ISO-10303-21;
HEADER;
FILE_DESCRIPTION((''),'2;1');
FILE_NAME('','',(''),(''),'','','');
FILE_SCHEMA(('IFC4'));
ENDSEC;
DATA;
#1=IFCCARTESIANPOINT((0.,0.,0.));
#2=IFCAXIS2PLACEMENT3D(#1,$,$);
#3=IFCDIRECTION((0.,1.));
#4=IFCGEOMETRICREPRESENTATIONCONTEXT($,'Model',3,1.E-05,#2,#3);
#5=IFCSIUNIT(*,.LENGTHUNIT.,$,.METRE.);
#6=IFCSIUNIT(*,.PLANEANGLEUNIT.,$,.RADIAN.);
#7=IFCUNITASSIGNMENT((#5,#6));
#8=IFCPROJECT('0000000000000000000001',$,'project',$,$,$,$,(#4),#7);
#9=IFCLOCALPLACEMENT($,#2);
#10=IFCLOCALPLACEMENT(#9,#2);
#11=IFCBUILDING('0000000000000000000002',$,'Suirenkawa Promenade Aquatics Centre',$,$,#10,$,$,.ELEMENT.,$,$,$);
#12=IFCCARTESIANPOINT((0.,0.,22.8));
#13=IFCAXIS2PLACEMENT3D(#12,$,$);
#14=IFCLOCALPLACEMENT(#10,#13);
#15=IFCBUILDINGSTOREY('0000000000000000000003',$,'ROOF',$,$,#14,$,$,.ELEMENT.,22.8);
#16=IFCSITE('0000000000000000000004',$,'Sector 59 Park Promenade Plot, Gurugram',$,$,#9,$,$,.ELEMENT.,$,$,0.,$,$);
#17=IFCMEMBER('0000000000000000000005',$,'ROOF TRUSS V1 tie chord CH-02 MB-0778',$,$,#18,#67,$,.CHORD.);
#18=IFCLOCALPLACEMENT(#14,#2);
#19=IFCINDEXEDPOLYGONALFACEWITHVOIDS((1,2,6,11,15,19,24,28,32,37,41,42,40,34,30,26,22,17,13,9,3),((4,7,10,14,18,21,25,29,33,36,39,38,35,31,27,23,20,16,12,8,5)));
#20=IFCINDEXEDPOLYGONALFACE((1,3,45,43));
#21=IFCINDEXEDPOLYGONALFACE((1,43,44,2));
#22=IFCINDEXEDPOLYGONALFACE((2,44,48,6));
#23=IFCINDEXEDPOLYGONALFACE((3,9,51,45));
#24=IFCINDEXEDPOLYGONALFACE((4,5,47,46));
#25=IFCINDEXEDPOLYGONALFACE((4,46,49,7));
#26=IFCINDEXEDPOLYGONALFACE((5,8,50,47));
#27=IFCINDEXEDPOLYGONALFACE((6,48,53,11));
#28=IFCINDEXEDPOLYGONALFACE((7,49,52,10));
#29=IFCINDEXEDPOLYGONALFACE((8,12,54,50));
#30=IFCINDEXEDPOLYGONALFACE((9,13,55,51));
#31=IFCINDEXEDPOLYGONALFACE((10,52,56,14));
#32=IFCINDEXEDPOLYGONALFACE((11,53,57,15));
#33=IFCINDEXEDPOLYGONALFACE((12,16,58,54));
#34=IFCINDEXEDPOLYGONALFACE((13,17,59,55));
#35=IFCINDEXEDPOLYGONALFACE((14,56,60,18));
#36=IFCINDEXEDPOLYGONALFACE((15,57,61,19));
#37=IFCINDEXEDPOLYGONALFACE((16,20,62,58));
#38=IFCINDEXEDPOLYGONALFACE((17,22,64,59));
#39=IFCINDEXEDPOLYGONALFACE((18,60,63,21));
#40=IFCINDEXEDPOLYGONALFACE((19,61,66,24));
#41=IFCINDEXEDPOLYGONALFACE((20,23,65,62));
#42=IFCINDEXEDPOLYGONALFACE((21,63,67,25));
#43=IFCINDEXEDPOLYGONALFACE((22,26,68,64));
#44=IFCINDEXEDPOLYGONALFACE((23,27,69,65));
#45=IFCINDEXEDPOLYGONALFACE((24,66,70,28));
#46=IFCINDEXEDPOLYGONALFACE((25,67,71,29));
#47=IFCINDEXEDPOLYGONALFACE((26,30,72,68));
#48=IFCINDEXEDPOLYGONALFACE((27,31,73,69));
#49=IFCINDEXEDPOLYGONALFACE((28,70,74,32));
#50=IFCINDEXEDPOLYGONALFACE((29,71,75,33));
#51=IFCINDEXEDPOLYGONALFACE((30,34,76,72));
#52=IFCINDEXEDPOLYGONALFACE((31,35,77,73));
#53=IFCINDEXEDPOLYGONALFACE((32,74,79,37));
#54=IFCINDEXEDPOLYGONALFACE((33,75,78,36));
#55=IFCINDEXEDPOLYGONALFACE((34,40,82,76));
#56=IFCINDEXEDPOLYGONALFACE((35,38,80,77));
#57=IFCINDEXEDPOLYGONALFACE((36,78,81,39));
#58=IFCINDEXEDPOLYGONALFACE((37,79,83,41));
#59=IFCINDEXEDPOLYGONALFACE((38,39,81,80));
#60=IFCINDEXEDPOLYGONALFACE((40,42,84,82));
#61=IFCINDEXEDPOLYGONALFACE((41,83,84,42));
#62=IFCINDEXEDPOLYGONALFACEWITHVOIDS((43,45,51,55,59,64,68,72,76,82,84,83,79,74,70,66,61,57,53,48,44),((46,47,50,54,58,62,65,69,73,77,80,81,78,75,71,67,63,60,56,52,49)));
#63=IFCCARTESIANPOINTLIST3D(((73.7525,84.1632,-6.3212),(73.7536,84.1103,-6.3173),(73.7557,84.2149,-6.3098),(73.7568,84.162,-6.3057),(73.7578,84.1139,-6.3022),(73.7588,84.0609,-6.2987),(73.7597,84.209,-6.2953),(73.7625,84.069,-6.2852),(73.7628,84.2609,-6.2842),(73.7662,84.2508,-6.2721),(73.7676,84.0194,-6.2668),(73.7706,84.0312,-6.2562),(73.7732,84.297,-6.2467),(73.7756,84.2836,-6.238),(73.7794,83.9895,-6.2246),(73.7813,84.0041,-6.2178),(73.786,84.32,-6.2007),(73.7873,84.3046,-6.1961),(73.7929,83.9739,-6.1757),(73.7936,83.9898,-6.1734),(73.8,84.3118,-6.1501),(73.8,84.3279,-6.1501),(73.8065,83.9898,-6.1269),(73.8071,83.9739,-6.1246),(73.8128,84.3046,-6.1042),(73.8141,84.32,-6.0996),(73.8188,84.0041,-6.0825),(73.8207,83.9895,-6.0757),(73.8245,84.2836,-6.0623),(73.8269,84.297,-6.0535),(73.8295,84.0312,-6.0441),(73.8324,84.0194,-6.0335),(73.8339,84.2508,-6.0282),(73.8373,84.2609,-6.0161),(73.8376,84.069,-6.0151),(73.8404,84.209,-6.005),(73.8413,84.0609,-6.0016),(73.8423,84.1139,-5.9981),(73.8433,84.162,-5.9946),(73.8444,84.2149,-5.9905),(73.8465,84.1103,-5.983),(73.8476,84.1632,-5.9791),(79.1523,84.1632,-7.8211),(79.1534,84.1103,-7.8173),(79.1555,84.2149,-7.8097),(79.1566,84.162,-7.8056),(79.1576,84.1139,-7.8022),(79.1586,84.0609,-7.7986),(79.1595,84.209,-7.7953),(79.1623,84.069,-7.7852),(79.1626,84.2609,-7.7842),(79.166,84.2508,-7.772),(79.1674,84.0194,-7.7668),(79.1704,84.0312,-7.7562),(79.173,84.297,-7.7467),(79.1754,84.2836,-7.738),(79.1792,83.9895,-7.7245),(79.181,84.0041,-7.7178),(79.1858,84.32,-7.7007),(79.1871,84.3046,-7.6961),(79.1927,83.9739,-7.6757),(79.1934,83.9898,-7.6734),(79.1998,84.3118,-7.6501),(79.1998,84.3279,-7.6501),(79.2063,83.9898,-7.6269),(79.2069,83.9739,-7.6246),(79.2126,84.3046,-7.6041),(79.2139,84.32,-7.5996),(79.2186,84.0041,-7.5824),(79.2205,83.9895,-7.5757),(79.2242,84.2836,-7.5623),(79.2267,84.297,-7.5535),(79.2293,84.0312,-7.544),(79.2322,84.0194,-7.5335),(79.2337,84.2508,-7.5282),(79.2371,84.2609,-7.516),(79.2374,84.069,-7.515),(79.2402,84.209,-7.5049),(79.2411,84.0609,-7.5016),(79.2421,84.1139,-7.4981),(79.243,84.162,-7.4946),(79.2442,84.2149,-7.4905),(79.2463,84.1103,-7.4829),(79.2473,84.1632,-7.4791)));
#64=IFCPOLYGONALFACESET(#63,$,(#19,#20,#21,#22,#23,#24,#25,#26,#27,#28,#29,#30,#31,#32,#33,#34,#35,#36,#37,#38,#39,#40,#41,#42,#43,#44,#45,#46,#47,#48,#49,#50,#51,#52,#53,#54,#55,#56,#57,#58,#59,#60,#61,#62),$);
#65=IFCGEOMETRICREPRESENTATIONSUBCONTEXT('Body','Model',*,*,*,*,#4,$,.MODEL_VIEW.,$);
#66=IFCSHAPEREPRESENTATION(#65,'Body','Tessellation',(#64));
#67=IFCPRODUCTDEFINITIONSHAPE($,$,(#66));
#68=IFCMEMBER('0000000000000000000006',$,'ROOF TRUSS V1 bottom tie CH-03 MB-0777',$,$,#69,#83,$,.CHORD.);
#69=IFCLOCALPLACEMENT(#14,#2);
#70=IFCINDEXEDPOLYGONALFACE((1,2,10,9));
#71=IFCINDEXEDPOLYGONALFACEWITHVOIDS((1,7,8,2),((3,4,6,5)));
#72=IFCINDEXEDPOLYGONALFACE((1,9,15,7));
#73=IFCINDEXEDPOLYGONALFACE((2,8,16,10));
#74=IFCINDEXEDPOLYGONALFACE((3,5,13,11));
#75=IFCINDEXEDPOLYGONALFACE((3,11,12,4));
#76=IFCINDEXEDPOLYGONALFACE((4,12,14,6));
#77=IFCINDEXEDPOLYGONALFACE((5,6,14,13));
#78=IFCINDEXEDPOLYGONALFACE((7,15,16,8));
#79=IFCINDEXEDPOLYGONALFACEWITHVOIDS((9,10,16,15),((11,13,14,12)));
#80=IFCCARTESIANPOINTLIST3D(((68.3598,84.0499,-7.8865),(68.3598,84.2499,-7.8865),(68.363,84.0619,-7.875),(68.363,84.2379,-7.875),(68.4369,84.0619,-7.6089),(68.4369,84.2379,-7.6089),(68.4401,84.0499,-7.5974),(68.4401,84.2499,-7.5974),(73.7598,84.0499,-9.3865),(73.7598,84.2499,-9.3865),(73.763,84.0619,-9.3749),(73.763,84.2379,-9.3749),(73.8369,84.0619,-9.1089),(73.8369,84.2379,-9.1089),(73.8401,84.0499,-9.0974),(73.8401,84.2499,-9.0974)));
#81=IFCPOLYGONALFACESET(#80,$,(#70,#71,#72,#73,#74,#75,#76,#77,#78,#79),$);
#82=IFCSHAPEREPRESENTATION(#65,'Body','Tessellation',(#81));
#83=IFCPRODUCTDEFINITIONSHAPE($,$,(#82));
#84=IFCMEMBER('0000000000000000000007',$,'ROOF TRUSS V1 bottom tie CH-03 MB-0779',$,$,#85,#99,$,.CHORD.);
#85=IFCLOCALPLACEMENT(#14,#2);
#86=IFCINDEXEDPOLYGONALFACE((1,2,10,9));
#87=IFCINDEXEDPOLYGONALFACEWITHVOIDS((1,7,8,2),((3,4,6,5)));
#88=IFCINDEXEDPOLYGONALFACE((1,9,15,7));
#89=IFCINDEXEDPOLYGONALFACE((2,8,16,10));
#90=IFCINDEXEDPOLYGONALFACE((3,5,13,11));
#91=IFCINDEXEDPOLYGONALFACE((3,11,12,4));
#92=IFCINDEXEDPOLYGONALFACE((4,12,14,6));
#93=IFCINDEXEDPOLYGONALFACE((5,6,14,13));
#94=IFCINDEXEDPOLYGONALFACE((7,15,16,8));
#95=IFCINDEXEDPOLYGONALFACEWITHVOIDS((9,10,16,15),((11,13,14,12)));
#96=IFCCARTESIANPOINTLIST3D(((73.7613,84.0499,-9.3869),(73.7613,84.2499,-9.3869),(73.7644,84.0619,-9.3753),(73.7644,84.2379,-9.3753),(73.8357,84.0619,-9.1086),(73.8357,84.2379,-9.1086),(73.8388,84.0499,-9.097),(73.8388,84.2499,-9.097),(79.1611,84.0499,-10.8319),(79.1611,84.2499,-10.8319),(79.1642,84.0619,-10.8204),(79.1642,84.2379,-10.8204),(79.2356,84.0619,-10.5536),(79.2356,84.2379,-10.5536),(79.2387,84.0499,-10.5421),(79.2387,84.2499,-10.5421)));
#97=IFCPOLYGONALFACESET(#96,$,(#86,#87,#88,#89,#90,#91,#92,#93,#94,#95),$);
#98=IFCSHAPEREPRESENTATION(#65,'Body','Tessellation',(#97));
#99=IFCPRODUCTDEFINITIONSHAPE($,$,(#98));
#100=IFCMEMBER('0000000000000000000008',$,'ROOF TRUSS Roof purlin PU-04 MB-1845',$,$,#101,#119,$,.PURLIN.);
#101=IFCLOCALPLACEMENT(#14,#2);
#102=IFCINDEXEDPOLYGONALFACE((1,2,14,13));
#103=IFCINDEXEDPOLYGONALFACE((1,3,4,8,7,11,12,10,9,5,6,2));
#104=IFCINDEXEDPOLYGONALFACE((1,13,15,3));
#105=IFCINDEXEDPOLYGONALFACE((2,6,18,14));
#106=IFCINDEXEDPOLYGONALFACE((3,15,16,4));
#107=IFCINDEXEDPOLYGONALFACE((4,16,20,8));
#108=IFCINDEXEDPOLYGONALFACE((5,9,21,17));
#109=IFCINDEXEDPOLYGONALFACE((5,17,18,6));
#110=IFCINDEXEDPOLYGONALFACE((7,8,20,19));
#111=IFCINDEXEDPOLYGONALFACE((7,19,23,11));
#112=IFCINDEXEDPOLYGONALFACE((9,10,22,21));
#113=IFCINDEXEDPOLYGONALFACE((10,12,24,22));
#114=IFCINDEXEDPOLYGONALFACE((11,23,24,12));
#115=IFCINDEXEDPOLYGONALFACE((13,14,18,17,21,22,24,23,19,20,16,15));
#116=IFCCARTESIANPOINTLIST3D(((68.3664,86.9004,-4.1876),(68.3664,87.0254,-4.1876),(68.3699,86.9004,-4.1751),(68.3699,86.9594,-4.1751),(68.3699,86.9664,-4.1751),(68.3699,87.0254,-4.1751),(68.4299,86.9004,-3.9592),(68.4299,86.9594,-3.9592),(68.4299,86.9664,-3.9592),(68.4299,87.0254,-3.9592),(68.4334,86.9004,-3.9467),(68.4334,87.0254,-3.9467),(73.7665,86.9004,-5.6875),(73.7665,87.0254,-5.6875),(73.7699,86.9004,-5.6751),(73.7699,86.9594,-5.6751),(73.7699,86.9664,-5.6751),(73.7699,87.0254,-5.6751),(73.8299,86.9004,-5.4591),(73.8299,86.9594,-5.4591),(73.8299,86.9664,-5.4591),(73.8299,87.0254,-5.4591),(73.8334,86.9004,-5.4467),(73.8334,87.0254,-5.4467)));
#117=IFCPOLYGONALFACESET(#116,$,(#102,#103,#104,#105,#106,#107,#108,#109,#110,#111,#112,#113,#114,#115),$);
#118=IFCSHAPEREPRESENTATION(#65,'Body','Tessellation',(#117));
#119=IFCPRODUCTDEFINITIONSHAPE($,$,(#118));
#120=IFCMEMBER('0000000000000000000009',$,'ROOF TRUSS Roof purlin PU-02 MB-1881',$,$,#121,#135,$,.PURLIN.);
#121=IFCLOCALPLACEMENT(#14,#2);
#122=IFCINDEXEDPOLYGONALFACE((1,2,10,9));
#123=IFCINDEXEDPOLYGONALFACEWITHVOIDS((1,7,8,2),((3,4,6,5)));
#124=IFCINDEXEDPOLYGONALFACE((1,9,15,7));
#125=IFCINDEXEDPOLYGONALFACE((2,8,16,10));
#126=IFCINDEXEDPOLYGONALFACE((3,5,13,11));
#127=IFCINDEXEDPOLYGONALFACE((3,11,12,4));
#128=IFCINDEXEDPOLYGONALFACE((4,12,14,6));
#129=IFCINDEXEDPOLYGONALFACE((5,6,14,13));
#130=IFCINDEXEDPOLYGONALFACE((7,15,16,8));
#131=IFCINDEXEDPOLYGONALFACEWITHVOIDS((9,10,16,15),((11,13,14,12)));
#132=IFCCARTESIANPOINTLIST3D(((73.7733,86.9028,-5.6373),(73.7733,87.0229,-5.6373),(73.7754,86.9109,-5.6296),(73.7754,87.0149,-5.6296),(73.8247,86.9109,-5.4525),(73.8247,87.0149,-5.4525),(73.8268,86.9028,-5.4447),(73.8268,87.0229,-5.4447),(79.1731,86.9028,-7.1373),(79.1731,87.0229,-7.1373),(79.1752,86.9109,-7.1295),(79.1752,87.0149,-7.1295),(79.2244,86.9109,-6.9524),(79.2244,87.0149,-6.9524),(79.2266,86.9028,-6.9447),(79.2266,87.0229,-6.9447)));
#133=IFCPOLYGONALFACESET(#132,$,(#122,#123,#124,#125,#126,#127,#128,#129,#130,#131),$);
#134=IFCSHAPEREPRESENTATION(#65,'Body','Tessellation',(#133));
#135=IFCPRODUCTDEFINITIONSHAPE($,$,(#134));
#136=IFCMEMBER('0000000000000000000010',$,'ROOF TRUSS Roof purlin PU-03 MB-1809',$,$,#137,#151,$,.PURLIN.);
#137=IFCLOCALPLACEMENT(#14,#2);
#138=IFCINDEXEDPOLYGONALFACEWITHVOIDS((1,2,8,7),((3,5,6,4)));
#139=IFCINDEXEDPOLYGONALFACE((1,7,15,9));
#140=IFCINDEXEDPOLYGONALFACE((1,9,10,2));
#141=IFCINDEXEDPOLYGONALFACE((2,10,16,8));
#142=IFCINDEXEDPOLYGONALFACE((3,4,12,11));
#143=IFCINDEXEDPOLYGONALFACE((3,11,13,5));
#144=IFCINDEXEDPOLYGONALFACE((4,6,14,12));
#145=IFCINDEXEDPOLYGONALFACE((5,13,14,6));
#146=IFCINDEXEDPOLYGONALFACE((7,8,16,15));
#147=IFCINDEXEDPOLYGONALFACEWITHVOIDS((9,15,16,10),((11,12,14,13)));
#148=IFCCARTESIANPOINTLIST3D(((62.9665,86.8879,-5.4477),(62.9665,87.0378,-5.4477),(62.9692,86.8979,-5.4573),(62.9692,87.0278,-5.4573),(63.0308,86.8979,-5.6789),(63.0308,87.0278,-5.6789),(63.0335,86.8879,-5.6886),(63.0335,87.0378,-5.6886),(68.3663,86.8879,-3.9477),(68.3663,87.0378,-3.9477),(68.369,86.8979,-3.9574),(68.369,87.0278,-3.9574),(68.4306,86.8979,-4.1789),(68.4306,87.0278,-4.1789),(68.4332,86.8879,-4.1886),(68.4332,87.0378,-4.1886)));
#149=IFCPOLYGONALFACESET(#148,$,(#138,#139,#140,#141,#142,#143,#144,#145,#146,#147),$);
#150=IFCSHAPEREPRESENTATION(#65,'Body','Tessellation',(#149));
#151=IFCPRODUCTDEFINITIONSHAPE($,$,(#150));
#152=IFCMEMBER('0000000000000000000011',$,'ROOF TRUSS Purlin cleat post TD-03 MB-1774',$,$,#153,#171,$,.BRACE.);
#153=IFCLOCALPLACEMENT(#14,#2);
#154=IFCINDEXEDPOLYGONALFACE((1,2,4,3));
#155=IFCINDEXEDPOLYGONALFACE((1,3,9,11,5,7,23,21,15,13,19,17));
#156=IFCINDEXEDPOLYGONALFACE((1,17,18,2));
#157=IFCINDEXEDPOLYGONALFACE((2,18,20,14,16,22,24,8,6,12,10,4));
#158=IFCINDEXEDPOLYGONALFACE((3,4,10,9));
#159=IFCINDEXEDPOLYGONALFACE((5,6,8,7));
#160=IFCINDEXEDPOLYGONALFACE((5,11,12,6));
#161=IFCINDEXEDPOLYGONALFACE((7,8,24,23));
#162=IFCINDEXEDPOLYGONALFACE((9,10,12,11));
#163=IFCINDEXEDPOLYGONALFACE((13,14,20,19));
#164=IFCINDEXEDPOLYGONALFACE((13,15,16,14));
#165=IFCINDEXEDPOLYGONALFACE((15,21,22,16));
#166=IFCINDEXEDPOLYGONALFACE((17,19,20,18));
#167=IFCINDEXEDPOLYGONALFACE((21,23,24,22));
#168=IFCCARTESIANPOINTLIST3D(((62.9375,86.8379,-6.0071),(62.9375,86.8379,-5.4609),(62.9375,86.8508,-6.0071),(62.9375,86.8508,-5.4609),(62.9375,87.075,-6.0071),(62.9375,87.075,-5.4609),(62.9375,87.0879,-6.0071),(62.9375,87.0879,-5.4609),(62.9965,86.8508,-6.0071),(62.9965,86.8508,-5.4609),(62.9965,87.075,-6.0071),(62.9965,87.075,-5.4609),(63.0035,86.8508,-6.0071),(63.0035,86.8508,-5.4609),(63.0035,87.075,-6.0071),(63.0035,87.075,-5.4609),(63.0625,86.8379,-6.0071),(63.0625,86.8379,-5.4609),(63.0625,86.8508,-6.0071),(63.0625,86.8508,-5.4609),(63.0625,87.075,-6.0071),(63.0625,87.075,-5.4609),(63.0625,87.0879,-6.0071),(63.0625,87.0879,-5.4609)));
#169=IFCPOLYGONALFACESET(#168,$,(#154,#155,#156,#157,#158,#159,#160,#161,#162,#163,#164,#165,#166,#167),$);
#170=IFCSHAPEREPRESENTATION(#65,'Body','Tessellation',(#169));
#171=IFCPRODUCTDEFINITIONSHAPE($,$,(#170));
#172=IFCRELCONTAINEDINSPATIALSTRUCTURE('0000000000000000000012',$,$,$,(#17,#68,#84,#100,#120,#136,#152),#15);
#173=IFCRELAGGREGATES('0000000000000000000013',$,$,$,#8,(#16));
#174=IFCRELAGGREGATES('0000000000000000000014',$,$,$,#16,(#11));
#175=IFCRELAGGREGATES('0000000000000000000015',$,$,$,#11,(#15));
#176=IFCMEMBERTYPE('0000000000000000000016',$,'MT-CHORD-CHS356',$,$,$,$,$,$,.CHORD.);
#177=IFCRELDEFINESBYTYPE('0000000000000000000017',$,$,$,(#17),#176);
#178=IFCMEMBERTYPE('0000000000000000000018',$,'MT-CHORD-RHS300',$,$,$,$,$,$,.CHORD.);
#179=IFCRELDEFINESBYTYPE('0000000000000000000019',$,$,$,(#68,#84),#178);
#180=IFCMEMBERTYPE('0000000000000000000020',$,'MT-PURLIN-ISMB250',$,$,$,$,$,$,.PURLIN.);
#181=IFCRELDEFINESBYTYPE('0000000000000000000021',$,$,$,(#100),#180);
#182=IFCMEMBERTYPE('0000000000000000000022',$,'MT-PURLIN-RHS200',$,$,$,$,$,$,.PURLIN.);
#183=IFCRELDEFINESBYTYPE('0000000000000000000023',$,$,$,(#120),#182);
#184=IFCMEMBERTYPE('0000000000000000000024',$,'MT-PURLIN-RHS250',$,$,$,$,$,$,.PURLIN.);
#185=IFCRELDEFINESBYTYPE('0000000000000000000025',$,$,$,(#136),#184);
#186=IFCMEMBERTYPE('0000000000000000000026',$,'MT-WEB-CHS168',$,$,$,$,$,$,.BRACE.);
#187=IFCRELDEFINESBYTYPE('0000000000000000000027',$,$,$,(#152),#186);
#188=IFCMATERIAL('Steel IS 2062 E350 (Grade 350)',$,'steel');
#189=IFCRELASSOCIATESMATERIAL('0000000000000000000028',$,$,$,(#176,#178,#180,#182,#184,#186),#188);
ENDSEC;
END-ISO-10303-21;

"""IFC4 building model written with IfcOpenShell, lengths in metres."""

from ifc_helpers import new_model, si_unit, direction, frame, origin, origin_2d, place, context, subcontext, project, spatial, hollow_rectangle, hollow_circle, i_section, extrude, material, material_profile, profile_set, type_object, element, save


model = new_model("IFC4")

# Units and contexts
model_context = context("Model", 3, precision=1e-05, world=origin(), true_north=direction((0.0, 1.0)))
body_context = subcontext(model_context, "Body", "Model", "MODEL_VIEW")
ifc_project = project(units=[si_unit("LENGTHUNIT", "METRE"), si_unit("PLANEANGLEUNIT", "RADIAN")], contexts=[model_context])

# Site, building, storey
site_placement = place(None, origin())
site = spatial("IfcSite", under=ifc_project, at=site_placement, Name="Sector 59 Park Promenade Plot, Gurugram", CompositionType="ELEMENT", RefElevation=0.0)
building_placement = place(site_placement, origin())
building = spatial("IfcBuilding", under=site, at=building_placement, Name="Suirenkawa Promenade Aquatics Centre", CompositionType="ELEMENT")
storey_placement = place(building_placement, frame((0.0, 0.0, 22.8)))
storey = spatial("IfcBuildingStorey", under=building, at=storey_placement, Name="ROOF", CompositionType="ELEMENT", Elevation=22.8)

# Shared definitions
ifc_material = material(Name="Steel IS 2062 E350 (Grade 350)", Category="steel")

# Members
ifc_material_profile_1 = material_profile(ifc_material, hollow_circle(Radius=0.178, WallThickness=0.0161, at=origin_2d()), Name="CHS 356x16", Category="steel")
ifc_profile_set_1 = profile_set([ifc_material_profile_1], Name="Steel IS 2062 E350 (Grade 350)")
member_type_1 = type_object("IfcMemberType", Name="MT-CHORD-CHS356", PredefinedType="CHORD", material=ifc_profile_set_1)
member_1_placement = place(storey_placement, frame((73.8, 84.1499, -6.1501), z_axis=(0.963517, 0.0, -0.267648), x_axis=(0.0, 1.0, 0.0)))
element("IfcMember", 1, at=member_1_placement, inside=storey, type_object=member_type_1, Name="ROOF TRUSS V1 tie chord CH-02 MB-0778", PredefinedType="CHORD", context=body_context, shape_type="SweptSolid", body=[
    extrude(hollow_circle(Radius=0.178, WallThickness=0.0161, at=origin_2d()), origin(), (0.0, 0.0, 1.0), 5.6042),
])
ifc_material_profile_2 = material_profile(ifc_material, hollow_rectangle(XDim=0.2, YDim=0.3, WallThickness=0.012, at=origin_2d()), Name="RHS 300x200x12", Category="steel")
ifc_profile_set_2 = profile_set([ifc_material_profile_2], Name="Steel IS 2062 E350 (Grade 350)")
member_type_2 = type_object("IfcMemberType", Name="MT-CHORD-RHS300", PredefinedType="CHORD", material=ifc_profile_set_2)
member_2_placement = place(storey_placement, frame((68.3999, 84.1499, -7.7419), z_axis=(0.96352, 0.0, -0.267637), x_axis=(0.0, 1.0, 0.0)))
element("IfcMember", 2, at=member_2_placement, inside=storey, type_object=member_type_2, Name="ROOF TRUSS V1 bottom tie CH-03 MB-0777", PredefinedType="CHORD", context=body_context, shape_type="SweptSolid", body=[
    extrude(hollow_rectangle(XDim=0.2, YDim=0.3, WallThickness=0.012, at=origin_2d()), origin(), (0.0, 0.0, 1.0), 5.6045),
])
member_3_placement = place(storey_placement, frame((73.8, 84.1499, -9.2419), z_axis=(0.966008, 0.0, -0.258513), x_axis=(0.0, 1.0, 0.0)))
element("IfcMember", 3, at=member_3_placement, inside=storey, type_object=member_type_2, Name="ROOF TRUSS V1 bottom tie CH-03 MB-0779", PredefinedType="CHORD", context=body_context, shape_type="SweptSolid", body=[
    extrude(hollow_rectangle(XDim=0.2, YDim=0.3, WallThickness=0.012, at=origin_2d()), origin(), (0.0, 0.0, 1.0), 5.5898),
])
ifc_material_profile_3 = material_profile(ifc_material, i_section(OverallWidth=0.125, OverallDepth=0.25, WebThickness=0.0071, FlangeThickness=0.0129, at=origin_2d()), Name="ISMB 250", Category="steel")
ifc_profile_set_3 = profile_set([ifc_material_profile_3], Name="Steel IS 2062 E350 (Grade 350)")
member_type_3 = type_object("IfcMemberType", Name="MT-PURLIN-ISMB250", PredefinedType="PURLIN", material=ifc_profile_set_3)
member_4_placement = place(storey_placement, frame((68.3999, 86.9629, -4.0671), z_axis=(0.96352, 0.0, -0.267637), x_axis=(0.0, 1.0, 0.0)))
element("IfcMember", 4, at=member_4_placement, inside=storey, type_object=member_type_3, Name="ROOF TRUSS Roof purlin PU-04 MB-1845", PredefinedType="PURLIN", context=body_context, shape_type="SweptSolid", body=[
    extrude(i_section(OverallWidth=0.125, OverallDepth=0.25, WebThickness=0.0071, FlangeThickness=0.0129, at=origin_2d()), origin(), (0.0, 0.0, 1.0), 5.6045),
])
ifc_material_profile_4 = material_profile(ifc_material, hollow_rectangle(XDim=0.1201, YDim=0.2, WallThickness=0.0081, at=origin_2d()), Name="RHS 200x120x8", Category="steel")
ifc_profile_set_4 = profile_set([ifc_material_profile_4], Name="Steel IS 2062 E350 (Grade 350)")
member_type_4 = type_object("IfcMemberType", Name="MT-PURLIN-RHS200", PredefinedType="PURLIN", material=ifc_profile_set_4)
member_5_placement = place(storey_placement, frame((73.8, 86.9629, -5.541), z_axis=(0.963517, 0.0, -0.267648), x_axis=(0.0, 1.0, 0.0)))
element("IfcMember", 5, at=member_5_placement, inside=storey, type_object=member_type_4, Name="ROOF TRUSS Roof purlin PU-02 MB-1881", PredefinedType="PURLIN", context=body_context, shape_type="SweptSolid", body=[
    extrude(hollow_rectangle(XDim=0.1201, YDim=0.2, WallThickness=0.0081, at=origin_2d()), origin(), (0.0, 0.0, 1.0), 5.6042),
])
ifc_material_profile_5 = material_profile(ifc_material, hollow_rectangle(XDim=0.1499, YDim=0.25, WallThickness=0.01, at=origin_2d()), Name="RHS 250x150x10", Category="steel")
ifc_profile_set_5 = profile_set([ifc_material_profile_5], Name="Steel IS 2062 E350 (Grade 350)")
member_type_5 = type_object("IfcMemberType", Name="MT-PURLIN-RHS250", PredefinedType="PURLIN", material=ifc_profile_set_5)
member_6_placement = place(storey_placement, frame((63.0, 86.9629, -5.5681), z_axis=(0.963517, 0.0, 0.267648), x_axis=(0.0, 1.0, 0.0)))
element("IfcMember", 6, at=member_6_placement, inside=storey, type_object=member_type_5, Name="ROOF TRUSS Roof purlin PU-03 MB-1809", PredefinedType="PURLIN", context=body_context, shape_type="SweptSolid", body=[
    extrude(hollow_rectangle(XDim=0.1499, YDim=0.25, WallThickness=0.01, at=origin_2d()), origin(), (0.0, 0.0, 1.0), 5.6042),
])
ifc_material_profile_6 = material_profile(ifc_material, i_section(OverallWidth=0.125, OverallDepth=0.25, WebThickness=0.0071, FlangeThickness=0.0129, at=origin_2d()), Name="ISMB 250", Category="steel")
ifc_profile_set_6 = profile_set([ifc_material_profile_6], Name="Steel IS 2062 E350 (Grade 350)")
member_type_6 = type_object("IfcMemberType", Name="MT-WEB-CHS168", PredefinedType="BRACE", material=ifc_profile_set_6)
member_7_placement = place(storey_placement, frame((63.0, 86.9629, -6.0071), z_axis=(0.0, 0.0, 1.0), x_axis=(1.0, 0.0, 0.0)))
element("IfcMember", 7, at=member_7_placement, inside=storey, type_object=member_type_6, Name="ROOF TRUSS Purlin cleat post TD-03 MB-1774", PredefinedType="BRACE", context=body_context, shape_type="SweptSolid", body=[
    extrude(i_section(OverallWidth=0.125, OverallDepth=0.25, WebThickness=0.0071, FlangeThickness=0.0129, at=origin_2d()), origin(), (0.0, 0.0, 1.0), 0.5461),
])

save(model, "model.ifc")
